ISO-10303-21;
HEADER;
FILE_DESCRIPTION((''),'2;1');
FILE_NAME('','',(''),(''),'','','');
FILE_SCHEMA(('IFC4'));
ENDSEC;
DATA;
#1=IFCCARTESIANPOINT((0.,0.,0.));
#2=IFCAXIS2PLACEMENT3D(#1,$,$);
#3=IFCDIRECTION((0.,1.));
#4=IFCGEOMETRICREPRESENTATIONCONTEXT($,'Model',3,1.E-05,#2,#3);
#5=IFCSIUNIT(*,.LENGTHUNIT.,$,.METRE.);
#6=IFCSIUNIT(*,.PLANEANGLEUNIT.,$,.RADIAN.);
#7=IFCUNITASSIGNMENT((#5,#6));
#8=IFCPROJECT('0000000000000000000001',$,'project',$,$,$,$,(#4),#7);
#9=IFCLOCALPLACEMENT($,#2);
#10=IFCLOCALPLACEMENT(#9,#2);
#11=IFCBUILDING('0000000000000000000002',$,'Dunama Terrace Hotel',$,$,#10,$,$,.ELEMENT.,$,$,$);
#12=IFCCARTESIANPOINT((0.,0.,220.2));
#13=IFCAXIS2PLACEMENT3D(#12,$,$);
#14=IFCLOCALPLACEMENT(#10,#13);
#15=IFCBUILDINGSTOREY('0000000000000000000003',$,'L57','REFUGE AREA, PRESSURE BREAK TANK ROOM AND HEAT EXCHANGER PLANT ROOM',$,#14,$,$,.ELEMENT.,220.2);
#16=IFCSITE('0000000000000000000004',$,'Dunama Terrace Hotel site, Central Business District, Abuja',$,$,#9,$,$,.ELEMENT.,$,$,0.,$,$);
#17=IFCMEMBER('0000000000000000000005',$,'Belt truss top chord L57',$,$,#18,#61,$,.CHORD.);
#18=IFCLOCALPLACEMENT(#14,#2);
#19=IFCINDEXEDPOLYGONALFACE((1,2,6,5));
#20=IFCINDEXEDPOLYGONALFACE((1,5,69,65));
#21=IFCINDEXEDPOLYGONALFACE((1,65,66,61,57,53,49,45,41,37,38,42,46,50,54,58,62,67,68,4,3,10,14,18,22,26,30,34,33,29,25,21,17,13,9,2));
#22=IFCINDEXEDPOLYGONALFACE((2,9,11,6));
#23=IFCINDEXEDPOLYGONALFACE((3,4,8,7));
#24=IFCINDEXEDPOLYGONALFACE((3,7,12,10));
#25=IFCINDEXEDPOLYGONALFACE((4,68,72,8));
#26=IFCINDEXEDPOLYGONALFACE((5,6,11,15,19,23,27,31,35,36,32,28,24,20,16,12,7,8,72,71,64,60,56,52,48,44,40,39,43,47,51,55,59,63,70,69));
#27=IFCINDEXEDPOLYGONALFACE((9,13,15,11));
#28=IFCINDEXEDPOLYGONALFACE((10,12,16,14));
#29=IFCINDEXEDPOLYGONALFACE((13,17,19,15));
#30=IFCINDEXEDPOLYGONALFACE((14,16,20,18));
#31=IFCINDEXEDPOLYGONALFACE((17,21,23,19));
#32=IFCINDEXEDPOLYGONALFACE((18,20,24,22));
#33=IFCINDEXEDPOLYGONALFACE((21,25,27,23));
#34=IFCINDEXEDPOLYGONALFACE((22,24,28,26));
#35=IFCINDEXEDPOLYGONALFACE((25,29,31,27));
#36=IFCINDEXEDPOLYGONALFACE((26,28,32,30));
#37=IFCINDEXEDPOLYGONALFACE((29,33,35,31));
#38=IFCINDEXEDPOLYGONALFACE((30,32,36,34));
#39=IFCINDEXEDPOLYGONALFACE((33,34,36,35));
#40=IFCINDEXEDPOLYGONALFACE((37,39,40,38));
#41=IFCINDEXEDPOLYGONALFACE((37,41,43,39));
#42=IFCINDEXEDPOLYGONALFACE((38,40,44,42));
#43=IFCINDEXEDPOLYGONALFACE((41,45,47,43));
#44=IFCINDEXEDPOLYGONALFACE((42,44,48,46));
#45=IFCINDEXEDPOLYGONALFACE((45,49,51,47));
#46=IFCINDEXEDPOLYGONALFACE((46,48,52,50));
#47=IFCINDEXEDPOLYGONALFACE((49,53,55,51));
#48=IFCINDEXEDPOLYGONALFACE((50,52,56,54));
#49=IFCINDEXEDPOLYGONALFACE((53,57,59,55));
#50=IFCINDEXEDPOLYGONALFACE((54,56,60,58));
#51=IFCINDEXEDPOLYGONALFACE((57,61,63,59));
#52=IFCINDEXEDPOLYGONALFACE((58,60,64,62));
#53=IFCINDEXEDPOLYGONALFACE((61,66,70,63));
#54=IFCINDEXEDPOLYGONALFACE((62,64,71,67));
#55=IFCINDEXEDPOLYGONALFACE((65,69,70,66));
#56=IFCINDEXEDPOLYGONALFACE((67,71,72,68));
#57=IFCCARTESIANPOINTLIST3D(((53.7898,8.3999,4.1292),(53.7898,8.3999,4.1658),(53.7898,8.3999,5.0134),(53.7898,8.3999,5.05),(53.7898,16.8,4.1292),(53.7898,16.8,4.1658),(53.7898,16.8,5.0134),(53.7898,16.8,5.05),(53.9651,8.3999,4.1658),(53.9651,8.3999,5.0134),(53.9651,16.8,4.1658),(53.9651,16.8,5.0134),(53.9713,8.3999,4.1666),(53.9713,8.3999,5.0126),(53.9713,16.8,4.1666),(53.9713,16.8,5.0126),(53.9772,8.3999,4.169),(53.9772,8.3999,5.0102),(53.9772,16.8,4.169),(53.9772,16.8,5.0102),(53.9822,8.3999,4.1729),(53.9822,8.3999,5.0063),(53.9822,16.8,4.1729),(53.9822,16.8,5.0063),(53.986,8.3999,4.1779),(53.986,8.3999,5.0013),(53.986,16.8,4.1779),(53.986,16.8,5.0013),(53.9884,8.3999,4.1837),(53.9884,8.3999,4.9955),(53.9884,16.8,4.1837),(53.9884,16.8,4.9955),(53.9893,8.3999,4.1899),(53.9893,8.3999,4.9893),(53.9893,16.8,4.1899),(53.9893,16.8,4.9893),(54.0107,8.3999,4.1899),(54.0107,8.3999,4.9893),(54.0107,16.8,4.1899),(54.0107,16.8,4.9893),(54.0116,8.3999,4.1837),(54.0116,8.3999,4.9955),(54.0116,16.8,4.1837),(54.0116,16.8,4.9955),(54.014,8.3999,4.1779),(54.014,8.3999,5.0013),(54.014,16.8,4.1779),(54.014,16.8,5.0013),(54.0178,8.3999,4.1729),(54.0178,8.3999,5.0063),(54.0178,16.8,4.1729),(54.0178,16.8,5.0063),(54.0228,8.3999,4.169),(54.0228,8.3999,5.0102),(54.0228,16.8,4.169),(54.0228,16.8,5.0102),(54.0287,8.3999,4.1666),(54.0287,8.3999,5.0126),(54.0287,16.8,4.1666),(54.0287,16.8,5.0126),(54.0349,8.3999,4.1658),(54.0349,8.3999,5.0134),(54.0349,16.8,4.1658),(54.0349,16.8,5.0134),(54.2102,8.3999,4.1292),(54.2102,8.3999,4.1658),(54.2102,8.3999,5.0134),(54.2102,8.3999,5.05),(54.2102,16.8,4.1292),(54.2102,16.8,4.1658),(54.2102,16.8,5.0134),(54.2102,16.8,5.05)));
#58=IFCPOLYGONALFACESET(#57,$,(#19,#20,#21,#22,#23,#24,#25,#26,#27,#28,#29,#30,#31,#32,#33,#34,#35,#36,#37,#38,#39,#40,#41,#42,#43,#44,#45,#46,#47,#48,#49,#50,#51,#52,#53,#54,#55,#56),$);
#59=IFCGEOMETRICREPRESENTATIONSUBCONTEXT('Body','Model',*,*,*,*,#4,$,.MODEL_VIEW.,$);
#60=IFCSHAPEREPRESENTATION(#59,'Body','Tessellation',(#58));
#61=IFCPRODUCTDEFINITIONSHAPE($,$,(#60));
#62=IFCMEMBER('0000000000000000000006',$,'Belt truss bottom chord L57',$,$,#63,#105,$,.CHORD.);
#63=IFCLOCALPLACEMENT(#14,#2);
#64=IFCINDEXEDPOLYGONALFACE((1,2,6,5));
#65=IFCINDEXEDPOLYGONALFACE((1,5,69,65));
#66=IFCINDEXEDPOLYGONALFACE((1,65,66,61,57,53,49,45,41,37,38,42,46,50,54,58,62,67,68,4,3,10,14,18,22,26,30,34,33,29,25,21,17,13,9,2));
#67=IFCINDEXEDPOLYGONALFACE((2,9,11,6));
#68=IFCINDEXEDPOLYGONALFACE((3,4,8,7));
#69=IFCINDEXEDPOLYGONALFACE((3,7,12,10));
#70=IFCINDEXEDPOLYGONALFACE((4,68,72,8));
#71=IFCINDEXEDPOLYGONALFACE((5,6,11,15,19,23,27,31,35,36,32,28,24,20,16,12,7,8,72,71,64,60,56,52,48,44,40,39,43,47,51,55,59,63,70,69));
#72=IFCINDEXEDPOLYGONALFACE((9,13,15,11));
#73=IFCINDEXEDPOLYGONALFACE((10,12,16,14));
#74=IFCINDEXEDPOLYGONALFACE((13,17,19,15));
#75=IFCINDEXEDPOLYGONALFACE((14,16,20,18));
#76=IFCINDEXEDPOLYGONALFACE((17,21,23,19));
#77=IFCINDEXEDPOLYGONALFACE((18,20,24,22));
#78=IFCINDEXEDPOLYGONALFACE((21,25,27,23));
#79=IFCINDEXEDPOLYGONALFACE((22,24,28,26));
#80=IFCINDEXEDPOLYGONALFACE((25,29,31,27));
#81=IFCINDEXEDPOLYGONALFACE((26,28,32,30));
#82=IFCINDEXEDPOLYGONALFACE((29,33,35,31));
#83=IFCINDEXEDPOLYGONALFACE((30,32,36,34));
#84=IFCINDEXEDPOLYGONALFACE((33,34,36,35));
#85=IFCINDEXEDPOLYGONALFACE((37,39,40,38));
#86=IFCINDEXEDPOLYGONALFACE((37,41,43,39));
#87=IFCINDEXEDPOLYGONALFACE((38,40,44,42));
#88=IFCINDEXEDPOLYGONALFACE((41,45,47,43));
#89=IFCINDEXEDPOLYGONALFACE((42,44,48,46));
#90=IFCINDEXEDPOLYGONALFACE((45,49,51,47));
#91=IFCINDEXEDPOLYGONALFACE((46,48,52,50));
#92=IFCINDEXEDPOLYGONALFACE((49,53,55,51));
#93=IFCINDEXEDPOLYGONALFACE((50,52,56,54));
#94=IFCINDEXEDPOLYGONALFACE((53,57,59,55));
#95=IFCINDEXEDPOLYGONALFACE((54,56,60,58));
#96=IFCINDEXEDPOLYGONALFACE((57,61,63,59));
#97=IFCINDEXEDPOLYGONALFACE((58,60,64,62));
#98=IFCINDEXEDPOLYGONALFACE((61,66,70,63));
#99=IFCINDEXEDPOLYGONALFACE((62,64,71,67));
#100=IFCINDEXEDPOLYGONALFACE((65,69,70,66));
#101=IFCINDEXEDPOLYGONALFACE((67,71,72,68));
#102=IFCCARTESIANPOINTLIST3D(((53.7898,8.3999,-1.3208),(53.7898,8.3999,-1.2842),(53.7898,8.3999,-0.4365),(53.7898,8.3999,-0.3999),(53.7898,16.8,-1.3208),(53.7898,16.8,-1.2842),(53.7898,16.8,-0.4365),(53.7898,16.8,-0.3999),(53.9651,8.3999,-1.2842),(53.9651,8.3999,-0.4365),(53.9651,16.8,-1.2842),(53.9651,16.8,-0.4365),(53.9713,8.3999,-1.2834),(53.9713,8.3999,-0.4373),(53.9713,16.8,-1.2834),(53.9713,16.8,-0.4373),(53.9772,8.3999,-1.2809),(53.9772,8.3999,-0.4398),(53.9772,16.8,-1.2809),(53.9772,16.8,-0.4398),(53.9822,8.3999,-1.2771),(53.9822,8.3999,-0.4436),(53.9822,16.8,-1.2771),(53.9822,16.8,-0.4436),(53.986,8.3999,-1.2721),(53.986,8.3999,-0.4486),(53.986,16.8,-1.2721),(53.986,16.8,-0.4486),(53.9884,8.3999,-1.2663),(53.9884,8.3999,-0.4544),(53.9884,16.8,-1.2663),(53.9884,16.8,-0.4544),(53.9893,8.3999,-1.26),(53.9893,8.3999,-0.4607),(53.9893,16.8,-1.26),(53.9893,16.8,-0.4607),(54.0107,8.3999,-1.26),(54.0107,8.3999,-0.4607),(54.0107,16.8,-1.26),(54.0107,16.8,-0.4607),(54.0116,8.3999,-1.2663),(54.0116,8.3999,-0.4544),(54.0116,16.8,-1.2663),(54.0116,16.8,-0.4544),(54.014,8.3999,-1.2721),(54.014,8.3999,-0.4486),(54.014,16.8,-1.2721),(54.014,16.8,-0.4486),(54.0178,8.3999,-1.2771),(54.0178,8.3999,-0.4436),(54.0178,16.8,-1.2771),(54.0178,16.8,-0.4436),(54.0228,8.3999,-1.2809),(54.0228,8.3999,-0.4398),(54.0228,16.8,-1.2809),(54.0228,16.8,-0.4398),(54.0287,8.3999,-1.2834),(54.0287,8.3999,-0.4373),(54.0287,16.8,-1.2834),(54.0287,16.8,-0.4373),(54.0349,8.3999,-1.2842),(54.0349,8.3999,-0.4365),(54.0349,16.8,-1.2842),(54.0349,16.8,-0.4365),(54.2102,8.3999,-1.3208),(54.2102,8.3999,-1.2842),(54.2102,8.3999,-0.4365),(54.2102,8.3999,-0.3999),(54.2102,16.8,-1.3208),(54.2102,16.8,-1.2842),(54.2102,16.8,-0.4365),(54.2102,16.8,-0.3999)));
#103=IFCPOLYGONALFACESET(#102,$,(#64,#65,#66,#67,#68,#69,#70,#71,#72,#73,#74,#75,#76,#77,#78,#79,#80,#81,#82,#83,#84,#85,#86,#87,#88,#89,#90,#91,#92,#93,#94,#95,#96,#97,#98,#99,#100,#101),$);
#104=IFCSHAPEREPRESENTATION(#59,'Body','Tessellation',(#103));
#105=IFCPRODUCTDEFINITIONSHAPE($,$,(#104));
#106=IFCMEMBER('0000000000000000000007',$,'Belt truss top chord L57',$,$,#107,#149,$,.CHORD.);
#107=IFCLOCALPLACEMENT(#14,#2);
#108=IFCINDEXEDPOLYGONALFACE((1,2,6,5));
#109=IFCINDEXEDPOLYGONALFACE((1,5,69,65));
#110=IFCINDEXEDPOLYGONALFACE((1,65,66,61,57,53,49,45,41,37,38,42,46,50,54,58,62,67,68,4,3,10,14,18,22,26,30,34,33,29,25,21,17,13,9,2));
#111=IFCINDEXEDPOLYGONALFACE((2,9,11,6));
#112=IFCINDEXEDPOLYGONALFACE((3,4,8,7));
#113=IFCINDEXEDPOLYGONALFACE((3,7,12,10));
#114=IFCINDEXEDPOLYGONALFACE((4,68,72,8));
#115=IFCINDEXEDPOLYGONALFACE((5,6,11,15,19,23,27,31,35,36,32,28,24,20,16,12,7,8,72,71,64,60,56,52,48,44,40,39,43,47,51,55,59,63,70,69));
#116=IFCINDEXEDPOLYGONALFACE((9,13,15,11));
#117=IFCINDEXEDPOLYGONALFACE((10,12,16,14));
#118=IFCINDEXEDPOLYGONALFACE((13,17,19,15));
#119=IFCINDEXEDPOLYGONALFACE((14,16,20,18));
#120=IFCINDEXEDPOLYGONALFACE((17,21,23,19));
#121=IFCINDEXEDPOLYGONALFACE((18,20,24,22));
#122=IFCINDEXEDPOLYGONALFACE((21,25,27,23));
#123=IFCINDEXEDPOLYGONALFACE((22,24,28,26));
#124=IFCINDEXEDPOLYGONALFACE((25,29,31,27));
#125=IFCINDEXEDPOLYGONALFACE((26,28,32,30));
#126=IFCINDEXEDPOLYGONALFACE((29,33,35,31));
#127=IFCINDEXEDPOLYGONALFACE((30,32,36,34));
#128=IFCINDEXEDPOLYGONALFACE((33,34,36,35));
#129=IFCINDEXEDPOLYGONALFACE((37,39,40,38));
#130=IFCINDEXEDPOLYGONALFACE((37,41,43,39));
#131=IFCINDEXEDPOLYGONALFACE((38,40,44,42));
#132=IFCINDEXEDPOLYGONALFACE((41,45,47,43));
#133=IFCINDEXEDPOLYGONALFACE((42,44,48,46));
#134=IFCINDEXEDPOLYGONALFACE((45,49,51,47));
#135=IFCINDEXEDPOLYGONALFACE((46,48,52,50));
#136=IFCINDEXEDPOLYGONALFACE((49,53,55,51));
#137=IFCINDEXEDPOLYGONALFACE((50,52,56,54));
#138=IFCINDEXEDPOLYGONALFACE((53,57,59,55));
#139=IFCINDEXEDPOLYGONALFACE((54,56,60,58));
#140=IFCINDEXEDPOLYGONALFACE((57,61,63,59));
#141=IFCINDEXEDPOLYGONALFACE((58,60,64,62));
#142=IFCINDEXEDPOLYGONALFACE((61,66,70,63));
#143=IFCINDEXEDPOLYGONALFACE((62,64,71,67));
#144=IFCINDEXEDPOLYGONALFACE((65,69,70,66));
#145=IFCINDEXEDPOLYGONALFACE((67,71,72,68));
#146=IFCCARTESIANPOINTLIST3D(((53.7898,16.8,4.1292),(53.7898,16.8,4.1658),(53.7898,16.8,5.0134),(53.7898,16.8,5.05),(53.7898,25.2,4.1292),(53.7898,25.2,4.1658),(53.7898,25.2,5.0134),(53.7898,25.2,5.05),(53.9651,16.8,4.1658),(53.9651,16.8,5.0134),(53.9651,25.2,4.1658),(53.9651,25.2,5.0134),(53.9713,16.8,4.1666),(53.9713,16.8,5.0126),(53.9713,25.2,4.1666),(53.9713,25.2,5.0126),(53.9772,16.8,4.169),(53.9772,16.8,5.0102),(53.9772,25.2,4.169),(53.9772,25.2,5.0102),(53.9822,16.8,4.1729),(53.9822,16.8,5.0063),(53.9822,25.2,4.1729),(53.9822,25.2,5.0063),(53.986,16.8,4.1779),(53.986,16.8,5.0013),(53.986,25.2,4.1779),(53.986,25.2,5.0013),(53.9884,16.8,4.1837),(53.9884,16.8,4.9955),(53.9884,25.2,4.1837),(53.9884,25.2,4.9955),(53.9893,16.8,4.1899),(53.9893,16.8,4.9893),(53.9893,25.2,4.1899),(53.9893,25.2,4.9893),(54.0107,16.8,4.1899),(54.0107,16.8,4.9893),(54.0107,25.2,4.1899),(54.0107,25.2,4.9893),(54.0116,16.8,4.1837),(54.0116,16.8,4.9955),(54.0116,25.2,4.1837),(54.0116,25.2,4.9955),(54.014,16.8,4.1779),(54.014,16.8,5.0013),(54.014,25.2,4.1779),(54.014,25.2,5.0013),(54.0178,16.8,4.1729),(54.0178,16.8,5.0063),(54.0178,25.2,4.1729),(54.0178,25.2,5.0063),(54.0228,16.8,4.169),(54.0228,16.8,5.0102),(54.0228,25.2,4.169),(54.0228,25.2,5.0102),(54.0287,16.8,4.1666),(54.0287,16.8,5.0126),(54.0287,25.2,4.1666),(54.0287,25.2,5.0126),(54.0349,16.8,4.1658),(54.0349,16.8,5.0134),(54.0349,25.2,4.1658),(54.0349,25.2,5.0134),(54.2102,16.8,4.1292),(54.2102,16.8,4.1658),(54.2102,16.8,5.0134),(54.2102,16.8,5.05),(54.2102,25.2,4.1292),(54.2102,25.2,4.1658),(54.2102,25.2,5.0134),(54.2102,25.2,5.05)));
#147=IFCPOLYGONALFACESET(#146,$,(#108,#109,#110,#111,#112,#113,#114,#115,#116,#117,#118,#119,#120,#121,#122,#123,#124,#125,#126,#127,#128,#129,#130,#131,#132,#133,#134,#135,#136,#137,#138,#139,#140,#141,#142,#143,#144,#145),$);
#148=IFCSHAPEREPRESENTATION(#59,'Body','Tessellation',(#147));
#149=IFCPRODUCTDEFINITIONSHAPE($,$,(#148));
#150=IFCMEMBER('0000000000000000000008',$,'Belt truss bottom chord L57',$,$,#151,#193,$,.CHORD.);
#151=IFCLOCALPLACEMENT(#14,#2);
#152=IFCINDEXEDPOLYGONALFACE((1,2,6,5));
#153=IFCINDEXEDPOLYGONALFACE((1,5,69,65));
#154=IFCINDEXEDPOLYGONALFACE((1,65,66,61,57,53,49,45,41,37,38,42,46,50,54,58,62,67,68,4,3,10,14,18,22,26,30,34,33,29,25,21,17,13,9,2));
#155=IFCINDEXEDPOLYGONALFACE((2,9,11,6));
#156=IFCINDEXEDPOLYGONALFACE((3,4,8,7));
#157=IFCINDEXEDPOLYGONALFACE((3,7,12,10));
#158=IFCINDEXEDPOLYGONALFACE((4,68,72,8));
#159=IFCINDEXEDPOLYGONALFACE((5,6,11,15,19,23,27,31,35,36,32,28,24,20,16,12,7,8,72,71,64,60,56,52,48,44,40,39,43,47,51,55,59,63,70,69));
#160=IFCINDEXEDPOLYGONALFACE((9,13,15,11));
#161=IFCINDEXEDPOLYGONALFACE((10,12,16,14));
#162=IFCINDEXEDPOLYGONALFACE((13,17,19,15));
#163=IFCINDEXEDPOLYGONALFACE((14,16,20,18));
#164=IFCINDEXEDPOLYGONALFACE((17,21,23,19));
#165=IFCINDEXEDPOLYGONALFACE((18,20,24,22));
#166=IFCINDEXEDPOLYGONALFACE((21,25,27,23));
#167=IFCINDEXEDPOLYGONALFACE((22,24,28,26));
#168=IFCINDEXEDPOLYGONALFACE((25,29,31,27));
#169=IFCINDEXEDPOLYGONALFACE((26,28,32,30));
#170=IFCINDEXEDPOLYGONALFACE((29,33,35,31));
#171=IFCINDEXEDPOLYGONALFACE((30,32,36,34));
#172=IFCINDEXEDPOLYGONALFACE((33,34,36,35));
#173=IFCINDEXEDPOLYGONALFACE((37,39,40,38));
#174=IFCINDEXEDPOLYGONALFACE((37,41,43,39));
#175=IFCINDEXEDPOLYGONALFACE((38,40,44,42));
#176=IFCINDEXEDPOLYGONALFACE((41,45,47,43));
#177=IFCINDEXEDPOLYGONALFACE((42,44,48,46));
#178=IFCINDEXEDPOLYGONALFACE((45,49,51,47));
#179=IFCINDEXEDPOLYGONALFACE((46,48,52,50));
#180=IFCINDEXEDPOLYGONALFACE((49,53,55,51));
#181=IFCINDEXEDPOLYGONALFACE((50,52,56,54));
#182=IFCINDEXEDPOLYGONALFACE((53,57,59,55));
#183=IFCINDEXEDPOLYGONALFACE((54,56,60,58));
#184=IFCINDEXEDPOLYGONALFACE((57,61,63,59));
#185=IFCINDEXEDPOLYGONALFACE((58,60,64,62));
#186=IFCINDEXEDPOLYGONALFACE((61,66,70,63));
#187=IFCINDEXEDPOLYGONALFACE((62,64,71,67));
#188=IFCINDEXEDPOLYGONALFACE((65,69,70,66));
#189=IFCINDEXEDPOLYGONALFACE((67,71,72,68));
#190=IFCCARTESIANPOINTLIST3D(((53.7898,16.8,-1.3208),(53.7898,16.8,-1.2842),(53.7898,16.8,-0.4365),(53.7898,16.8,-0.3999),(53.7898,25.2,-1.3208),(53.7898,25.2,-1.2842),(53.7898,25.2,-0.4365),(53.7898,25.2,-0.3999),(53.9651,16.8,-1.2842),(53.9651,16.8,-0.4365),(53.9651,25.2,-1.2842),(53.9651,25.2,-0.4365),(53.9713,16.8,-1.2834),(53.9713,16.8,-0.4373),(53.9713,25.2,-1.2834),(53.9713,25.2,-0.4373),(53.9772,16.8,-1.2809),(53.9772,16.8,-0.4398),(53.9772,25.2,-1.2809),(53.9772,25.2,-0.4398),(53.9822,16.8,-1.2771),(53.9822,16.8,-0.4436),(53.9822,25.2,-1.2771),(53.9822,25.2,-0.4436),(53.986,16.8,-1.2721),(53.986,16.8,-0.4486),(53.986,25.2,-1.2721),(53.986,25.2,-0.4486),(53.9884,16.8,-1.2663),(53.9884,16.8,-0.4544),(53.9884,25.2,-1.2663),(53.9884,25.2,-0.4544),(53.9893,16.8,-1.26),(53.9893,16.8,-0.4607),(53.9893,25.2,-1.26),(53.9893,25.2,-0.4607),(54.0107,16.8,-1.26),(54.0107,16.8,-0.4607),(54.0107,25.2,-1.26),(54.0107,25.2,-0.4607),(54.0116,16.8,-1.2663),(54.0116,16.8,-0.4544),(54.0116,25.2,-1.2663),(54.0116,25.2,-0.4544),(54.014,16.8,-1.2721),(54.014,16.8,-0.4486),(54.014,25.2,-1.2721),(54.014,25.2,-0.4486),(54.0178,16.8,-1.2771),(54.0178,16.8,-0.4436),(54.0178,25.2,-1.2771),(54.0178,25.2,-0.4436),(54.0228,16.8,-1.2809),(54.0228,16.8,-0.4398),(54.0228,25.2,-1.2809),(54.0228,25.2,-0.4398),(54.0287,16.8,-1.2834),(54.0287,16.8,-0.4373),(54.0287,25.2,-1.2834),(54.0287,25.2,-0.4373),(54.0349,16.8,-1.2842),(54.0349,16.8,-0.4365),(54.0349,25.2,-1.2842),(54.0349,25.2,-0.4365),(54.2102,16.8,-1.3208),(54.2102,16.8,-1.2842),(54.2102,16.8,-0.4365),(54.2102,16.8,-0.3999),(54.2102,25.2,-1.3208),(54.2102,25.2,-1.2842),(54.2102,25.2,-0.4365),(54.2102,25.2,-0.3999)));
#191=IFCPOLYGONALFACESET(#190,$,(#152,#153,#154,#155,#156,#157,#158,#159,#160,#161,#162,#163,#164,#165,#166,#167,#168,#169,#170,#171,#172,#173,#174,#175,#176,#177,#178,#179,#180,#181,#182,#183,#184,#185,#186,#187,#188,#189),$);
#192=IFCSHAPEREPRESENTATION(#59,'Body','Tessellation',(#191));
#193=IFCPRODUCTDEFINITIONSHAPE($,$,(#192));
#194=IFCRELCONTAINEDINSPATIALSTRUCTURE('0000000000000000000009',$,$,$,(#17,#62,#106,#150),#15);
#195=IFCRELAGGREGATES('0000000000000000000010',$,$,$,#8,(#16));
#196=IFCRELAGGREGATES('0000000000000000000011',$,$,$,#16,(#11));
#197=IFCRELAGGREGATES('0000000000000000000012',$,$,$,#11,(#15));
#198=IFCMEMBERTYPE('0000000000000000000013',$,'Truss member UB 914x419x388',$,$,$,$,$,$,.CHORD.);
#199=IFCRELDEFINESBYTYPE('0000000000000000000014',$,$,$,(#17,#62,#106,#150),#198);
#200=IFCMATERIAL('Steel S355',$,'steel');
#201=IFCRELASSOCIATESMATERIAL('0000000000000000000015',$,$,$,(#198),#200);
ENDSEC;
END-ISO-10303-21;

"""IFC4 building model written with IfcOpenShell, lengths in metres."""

from ifc_helpers import new_model, si_unit, direction, frame, origin, origin_2d, place, context, subcontext, project, spatial, i_section, extrude, material, material_profile, profile_set, type_object, element, save


model = new_model("IFC4")

# Units and contexts
model_context = context("Model", 3, precision=1e-05, world=origin(), true_north=direction((0.0, 1.0)))
body_context = subcontext(model_context, "Body", "Model", "MODEL_VIEW")
ifc_project = project(units=[si_unit("LENGTHUNIT", "METRE"), si_unit("PLANEANGLEUNIT", "RADIAN")], contexts=[model_context])

# Site, building, storey
site_placement = place(None, origin())
site = spatial("IfcSite", under=ifc_project, at=site_placement, Name="Dunama Terrace Hotel site, Central Business District, Abuja", CompositionType="ELEMENT", RefElevation=0.0)
building_placement = place(site_placement, origin())
building = spatial("IfcBuilding", under=site, at=building_placement, Name="Dunama Terrace Hotel", CompositionType="ELEMENT")
storey_placement = place(building_placement, frame((0.0, 0.0, 220.2)))
storey = spatial("IfcBuildingStorey", under=building, at=storey_placement, Name="L57", Description="REFUGE AREA, PRESSURE BREAK TANK ROOM AND HEAT EXCHANGER PLANT ROOM", CompositionType="ELEMENT", Elevation=220.2)

# Members
ifc_material_1 = material(Name="Steel S355", Category="steel")
ifc_material_profile_1 = material_profile(ifc_material_1, i_section(OverallWidth=0.4204, OverallDepth=0.9209, WebThickness=0.0215, FlangeThickness=0.0366, FilletRadius=0.0242, at=origin_2d()), Name="UB 914x419x388")
ifc_profile_set_1 = profile_set([ifc_material_profile_1], Name="Steel S355")
member_type_1 = type_object("IfcMemberType", Name="Truss member UB 914x419x388", PredefinedType="CHORD", material=ifc_profile_set_1)
for number, where, z_axis, x_axis, name in (
    (1, (54.0, 8.3999, 4.5896), (0.0, 1.0, 0.0), (-1.0, 0.0, 0.0), "Belt truss top chord L57"),
    (2, (54.0, 8.3999, -0.8604), (0.0, 1.0, 0.0), (-1.0, 0.0, 0.0), "Belt truss bottom chord L57"),
):
    element("IfcMember", number, at=place(storey_placement, frame(where, z_axis=z_axis, x_axis=x_axis)), inside=storey, type_object=member_type_1, Name=name, PredefinedType="CHORD", context=body_context, shape_type="SweptSolid", body=[
        extrude(i_section(OverallWidth=0.4204, OverallDepth=0.9209, WebThickness=0.0215, FlangeThickness=0.0366, FilletRadius=0.0242, at=origin_2d()), origin(), (0.0, 0.0, 1.0), 8.4001),
    ])
for number, where, z_axis, x_axis, name in (
    (3, (54.0, 16.8, 4.5896), (0.0, 1.0, 0.0), (-1.0, 0.0, 0.0), "Belt truss top chord L57"),
    (4, (54.0, 16.8, -0.8604), (0.0, 1.0, 0.0), (-1.0, 0.0, 0.0), "Belt truss bottom chord L57"),
):
    element("IfcMember", number, at=place(storey_placement, frame(where, z_axis=z_axis, x_axis=x_axis)), inside=storey, type_object=member_type_1, Name=name, PredefinedType="CHORD", context=body_context, shape_type="SweptSolid", body=[
        extrude(i_section(OverallWidth=0.4204, OverallDepth=0.9209, WebThickness=0.0215, FlangeThickness=0.0366, FilletRadius=0.0242, at=origin_2d()), origin(), (0.0, 0.0, 1.0), 8.3999),
    ])

save(model, "model.ifc")
